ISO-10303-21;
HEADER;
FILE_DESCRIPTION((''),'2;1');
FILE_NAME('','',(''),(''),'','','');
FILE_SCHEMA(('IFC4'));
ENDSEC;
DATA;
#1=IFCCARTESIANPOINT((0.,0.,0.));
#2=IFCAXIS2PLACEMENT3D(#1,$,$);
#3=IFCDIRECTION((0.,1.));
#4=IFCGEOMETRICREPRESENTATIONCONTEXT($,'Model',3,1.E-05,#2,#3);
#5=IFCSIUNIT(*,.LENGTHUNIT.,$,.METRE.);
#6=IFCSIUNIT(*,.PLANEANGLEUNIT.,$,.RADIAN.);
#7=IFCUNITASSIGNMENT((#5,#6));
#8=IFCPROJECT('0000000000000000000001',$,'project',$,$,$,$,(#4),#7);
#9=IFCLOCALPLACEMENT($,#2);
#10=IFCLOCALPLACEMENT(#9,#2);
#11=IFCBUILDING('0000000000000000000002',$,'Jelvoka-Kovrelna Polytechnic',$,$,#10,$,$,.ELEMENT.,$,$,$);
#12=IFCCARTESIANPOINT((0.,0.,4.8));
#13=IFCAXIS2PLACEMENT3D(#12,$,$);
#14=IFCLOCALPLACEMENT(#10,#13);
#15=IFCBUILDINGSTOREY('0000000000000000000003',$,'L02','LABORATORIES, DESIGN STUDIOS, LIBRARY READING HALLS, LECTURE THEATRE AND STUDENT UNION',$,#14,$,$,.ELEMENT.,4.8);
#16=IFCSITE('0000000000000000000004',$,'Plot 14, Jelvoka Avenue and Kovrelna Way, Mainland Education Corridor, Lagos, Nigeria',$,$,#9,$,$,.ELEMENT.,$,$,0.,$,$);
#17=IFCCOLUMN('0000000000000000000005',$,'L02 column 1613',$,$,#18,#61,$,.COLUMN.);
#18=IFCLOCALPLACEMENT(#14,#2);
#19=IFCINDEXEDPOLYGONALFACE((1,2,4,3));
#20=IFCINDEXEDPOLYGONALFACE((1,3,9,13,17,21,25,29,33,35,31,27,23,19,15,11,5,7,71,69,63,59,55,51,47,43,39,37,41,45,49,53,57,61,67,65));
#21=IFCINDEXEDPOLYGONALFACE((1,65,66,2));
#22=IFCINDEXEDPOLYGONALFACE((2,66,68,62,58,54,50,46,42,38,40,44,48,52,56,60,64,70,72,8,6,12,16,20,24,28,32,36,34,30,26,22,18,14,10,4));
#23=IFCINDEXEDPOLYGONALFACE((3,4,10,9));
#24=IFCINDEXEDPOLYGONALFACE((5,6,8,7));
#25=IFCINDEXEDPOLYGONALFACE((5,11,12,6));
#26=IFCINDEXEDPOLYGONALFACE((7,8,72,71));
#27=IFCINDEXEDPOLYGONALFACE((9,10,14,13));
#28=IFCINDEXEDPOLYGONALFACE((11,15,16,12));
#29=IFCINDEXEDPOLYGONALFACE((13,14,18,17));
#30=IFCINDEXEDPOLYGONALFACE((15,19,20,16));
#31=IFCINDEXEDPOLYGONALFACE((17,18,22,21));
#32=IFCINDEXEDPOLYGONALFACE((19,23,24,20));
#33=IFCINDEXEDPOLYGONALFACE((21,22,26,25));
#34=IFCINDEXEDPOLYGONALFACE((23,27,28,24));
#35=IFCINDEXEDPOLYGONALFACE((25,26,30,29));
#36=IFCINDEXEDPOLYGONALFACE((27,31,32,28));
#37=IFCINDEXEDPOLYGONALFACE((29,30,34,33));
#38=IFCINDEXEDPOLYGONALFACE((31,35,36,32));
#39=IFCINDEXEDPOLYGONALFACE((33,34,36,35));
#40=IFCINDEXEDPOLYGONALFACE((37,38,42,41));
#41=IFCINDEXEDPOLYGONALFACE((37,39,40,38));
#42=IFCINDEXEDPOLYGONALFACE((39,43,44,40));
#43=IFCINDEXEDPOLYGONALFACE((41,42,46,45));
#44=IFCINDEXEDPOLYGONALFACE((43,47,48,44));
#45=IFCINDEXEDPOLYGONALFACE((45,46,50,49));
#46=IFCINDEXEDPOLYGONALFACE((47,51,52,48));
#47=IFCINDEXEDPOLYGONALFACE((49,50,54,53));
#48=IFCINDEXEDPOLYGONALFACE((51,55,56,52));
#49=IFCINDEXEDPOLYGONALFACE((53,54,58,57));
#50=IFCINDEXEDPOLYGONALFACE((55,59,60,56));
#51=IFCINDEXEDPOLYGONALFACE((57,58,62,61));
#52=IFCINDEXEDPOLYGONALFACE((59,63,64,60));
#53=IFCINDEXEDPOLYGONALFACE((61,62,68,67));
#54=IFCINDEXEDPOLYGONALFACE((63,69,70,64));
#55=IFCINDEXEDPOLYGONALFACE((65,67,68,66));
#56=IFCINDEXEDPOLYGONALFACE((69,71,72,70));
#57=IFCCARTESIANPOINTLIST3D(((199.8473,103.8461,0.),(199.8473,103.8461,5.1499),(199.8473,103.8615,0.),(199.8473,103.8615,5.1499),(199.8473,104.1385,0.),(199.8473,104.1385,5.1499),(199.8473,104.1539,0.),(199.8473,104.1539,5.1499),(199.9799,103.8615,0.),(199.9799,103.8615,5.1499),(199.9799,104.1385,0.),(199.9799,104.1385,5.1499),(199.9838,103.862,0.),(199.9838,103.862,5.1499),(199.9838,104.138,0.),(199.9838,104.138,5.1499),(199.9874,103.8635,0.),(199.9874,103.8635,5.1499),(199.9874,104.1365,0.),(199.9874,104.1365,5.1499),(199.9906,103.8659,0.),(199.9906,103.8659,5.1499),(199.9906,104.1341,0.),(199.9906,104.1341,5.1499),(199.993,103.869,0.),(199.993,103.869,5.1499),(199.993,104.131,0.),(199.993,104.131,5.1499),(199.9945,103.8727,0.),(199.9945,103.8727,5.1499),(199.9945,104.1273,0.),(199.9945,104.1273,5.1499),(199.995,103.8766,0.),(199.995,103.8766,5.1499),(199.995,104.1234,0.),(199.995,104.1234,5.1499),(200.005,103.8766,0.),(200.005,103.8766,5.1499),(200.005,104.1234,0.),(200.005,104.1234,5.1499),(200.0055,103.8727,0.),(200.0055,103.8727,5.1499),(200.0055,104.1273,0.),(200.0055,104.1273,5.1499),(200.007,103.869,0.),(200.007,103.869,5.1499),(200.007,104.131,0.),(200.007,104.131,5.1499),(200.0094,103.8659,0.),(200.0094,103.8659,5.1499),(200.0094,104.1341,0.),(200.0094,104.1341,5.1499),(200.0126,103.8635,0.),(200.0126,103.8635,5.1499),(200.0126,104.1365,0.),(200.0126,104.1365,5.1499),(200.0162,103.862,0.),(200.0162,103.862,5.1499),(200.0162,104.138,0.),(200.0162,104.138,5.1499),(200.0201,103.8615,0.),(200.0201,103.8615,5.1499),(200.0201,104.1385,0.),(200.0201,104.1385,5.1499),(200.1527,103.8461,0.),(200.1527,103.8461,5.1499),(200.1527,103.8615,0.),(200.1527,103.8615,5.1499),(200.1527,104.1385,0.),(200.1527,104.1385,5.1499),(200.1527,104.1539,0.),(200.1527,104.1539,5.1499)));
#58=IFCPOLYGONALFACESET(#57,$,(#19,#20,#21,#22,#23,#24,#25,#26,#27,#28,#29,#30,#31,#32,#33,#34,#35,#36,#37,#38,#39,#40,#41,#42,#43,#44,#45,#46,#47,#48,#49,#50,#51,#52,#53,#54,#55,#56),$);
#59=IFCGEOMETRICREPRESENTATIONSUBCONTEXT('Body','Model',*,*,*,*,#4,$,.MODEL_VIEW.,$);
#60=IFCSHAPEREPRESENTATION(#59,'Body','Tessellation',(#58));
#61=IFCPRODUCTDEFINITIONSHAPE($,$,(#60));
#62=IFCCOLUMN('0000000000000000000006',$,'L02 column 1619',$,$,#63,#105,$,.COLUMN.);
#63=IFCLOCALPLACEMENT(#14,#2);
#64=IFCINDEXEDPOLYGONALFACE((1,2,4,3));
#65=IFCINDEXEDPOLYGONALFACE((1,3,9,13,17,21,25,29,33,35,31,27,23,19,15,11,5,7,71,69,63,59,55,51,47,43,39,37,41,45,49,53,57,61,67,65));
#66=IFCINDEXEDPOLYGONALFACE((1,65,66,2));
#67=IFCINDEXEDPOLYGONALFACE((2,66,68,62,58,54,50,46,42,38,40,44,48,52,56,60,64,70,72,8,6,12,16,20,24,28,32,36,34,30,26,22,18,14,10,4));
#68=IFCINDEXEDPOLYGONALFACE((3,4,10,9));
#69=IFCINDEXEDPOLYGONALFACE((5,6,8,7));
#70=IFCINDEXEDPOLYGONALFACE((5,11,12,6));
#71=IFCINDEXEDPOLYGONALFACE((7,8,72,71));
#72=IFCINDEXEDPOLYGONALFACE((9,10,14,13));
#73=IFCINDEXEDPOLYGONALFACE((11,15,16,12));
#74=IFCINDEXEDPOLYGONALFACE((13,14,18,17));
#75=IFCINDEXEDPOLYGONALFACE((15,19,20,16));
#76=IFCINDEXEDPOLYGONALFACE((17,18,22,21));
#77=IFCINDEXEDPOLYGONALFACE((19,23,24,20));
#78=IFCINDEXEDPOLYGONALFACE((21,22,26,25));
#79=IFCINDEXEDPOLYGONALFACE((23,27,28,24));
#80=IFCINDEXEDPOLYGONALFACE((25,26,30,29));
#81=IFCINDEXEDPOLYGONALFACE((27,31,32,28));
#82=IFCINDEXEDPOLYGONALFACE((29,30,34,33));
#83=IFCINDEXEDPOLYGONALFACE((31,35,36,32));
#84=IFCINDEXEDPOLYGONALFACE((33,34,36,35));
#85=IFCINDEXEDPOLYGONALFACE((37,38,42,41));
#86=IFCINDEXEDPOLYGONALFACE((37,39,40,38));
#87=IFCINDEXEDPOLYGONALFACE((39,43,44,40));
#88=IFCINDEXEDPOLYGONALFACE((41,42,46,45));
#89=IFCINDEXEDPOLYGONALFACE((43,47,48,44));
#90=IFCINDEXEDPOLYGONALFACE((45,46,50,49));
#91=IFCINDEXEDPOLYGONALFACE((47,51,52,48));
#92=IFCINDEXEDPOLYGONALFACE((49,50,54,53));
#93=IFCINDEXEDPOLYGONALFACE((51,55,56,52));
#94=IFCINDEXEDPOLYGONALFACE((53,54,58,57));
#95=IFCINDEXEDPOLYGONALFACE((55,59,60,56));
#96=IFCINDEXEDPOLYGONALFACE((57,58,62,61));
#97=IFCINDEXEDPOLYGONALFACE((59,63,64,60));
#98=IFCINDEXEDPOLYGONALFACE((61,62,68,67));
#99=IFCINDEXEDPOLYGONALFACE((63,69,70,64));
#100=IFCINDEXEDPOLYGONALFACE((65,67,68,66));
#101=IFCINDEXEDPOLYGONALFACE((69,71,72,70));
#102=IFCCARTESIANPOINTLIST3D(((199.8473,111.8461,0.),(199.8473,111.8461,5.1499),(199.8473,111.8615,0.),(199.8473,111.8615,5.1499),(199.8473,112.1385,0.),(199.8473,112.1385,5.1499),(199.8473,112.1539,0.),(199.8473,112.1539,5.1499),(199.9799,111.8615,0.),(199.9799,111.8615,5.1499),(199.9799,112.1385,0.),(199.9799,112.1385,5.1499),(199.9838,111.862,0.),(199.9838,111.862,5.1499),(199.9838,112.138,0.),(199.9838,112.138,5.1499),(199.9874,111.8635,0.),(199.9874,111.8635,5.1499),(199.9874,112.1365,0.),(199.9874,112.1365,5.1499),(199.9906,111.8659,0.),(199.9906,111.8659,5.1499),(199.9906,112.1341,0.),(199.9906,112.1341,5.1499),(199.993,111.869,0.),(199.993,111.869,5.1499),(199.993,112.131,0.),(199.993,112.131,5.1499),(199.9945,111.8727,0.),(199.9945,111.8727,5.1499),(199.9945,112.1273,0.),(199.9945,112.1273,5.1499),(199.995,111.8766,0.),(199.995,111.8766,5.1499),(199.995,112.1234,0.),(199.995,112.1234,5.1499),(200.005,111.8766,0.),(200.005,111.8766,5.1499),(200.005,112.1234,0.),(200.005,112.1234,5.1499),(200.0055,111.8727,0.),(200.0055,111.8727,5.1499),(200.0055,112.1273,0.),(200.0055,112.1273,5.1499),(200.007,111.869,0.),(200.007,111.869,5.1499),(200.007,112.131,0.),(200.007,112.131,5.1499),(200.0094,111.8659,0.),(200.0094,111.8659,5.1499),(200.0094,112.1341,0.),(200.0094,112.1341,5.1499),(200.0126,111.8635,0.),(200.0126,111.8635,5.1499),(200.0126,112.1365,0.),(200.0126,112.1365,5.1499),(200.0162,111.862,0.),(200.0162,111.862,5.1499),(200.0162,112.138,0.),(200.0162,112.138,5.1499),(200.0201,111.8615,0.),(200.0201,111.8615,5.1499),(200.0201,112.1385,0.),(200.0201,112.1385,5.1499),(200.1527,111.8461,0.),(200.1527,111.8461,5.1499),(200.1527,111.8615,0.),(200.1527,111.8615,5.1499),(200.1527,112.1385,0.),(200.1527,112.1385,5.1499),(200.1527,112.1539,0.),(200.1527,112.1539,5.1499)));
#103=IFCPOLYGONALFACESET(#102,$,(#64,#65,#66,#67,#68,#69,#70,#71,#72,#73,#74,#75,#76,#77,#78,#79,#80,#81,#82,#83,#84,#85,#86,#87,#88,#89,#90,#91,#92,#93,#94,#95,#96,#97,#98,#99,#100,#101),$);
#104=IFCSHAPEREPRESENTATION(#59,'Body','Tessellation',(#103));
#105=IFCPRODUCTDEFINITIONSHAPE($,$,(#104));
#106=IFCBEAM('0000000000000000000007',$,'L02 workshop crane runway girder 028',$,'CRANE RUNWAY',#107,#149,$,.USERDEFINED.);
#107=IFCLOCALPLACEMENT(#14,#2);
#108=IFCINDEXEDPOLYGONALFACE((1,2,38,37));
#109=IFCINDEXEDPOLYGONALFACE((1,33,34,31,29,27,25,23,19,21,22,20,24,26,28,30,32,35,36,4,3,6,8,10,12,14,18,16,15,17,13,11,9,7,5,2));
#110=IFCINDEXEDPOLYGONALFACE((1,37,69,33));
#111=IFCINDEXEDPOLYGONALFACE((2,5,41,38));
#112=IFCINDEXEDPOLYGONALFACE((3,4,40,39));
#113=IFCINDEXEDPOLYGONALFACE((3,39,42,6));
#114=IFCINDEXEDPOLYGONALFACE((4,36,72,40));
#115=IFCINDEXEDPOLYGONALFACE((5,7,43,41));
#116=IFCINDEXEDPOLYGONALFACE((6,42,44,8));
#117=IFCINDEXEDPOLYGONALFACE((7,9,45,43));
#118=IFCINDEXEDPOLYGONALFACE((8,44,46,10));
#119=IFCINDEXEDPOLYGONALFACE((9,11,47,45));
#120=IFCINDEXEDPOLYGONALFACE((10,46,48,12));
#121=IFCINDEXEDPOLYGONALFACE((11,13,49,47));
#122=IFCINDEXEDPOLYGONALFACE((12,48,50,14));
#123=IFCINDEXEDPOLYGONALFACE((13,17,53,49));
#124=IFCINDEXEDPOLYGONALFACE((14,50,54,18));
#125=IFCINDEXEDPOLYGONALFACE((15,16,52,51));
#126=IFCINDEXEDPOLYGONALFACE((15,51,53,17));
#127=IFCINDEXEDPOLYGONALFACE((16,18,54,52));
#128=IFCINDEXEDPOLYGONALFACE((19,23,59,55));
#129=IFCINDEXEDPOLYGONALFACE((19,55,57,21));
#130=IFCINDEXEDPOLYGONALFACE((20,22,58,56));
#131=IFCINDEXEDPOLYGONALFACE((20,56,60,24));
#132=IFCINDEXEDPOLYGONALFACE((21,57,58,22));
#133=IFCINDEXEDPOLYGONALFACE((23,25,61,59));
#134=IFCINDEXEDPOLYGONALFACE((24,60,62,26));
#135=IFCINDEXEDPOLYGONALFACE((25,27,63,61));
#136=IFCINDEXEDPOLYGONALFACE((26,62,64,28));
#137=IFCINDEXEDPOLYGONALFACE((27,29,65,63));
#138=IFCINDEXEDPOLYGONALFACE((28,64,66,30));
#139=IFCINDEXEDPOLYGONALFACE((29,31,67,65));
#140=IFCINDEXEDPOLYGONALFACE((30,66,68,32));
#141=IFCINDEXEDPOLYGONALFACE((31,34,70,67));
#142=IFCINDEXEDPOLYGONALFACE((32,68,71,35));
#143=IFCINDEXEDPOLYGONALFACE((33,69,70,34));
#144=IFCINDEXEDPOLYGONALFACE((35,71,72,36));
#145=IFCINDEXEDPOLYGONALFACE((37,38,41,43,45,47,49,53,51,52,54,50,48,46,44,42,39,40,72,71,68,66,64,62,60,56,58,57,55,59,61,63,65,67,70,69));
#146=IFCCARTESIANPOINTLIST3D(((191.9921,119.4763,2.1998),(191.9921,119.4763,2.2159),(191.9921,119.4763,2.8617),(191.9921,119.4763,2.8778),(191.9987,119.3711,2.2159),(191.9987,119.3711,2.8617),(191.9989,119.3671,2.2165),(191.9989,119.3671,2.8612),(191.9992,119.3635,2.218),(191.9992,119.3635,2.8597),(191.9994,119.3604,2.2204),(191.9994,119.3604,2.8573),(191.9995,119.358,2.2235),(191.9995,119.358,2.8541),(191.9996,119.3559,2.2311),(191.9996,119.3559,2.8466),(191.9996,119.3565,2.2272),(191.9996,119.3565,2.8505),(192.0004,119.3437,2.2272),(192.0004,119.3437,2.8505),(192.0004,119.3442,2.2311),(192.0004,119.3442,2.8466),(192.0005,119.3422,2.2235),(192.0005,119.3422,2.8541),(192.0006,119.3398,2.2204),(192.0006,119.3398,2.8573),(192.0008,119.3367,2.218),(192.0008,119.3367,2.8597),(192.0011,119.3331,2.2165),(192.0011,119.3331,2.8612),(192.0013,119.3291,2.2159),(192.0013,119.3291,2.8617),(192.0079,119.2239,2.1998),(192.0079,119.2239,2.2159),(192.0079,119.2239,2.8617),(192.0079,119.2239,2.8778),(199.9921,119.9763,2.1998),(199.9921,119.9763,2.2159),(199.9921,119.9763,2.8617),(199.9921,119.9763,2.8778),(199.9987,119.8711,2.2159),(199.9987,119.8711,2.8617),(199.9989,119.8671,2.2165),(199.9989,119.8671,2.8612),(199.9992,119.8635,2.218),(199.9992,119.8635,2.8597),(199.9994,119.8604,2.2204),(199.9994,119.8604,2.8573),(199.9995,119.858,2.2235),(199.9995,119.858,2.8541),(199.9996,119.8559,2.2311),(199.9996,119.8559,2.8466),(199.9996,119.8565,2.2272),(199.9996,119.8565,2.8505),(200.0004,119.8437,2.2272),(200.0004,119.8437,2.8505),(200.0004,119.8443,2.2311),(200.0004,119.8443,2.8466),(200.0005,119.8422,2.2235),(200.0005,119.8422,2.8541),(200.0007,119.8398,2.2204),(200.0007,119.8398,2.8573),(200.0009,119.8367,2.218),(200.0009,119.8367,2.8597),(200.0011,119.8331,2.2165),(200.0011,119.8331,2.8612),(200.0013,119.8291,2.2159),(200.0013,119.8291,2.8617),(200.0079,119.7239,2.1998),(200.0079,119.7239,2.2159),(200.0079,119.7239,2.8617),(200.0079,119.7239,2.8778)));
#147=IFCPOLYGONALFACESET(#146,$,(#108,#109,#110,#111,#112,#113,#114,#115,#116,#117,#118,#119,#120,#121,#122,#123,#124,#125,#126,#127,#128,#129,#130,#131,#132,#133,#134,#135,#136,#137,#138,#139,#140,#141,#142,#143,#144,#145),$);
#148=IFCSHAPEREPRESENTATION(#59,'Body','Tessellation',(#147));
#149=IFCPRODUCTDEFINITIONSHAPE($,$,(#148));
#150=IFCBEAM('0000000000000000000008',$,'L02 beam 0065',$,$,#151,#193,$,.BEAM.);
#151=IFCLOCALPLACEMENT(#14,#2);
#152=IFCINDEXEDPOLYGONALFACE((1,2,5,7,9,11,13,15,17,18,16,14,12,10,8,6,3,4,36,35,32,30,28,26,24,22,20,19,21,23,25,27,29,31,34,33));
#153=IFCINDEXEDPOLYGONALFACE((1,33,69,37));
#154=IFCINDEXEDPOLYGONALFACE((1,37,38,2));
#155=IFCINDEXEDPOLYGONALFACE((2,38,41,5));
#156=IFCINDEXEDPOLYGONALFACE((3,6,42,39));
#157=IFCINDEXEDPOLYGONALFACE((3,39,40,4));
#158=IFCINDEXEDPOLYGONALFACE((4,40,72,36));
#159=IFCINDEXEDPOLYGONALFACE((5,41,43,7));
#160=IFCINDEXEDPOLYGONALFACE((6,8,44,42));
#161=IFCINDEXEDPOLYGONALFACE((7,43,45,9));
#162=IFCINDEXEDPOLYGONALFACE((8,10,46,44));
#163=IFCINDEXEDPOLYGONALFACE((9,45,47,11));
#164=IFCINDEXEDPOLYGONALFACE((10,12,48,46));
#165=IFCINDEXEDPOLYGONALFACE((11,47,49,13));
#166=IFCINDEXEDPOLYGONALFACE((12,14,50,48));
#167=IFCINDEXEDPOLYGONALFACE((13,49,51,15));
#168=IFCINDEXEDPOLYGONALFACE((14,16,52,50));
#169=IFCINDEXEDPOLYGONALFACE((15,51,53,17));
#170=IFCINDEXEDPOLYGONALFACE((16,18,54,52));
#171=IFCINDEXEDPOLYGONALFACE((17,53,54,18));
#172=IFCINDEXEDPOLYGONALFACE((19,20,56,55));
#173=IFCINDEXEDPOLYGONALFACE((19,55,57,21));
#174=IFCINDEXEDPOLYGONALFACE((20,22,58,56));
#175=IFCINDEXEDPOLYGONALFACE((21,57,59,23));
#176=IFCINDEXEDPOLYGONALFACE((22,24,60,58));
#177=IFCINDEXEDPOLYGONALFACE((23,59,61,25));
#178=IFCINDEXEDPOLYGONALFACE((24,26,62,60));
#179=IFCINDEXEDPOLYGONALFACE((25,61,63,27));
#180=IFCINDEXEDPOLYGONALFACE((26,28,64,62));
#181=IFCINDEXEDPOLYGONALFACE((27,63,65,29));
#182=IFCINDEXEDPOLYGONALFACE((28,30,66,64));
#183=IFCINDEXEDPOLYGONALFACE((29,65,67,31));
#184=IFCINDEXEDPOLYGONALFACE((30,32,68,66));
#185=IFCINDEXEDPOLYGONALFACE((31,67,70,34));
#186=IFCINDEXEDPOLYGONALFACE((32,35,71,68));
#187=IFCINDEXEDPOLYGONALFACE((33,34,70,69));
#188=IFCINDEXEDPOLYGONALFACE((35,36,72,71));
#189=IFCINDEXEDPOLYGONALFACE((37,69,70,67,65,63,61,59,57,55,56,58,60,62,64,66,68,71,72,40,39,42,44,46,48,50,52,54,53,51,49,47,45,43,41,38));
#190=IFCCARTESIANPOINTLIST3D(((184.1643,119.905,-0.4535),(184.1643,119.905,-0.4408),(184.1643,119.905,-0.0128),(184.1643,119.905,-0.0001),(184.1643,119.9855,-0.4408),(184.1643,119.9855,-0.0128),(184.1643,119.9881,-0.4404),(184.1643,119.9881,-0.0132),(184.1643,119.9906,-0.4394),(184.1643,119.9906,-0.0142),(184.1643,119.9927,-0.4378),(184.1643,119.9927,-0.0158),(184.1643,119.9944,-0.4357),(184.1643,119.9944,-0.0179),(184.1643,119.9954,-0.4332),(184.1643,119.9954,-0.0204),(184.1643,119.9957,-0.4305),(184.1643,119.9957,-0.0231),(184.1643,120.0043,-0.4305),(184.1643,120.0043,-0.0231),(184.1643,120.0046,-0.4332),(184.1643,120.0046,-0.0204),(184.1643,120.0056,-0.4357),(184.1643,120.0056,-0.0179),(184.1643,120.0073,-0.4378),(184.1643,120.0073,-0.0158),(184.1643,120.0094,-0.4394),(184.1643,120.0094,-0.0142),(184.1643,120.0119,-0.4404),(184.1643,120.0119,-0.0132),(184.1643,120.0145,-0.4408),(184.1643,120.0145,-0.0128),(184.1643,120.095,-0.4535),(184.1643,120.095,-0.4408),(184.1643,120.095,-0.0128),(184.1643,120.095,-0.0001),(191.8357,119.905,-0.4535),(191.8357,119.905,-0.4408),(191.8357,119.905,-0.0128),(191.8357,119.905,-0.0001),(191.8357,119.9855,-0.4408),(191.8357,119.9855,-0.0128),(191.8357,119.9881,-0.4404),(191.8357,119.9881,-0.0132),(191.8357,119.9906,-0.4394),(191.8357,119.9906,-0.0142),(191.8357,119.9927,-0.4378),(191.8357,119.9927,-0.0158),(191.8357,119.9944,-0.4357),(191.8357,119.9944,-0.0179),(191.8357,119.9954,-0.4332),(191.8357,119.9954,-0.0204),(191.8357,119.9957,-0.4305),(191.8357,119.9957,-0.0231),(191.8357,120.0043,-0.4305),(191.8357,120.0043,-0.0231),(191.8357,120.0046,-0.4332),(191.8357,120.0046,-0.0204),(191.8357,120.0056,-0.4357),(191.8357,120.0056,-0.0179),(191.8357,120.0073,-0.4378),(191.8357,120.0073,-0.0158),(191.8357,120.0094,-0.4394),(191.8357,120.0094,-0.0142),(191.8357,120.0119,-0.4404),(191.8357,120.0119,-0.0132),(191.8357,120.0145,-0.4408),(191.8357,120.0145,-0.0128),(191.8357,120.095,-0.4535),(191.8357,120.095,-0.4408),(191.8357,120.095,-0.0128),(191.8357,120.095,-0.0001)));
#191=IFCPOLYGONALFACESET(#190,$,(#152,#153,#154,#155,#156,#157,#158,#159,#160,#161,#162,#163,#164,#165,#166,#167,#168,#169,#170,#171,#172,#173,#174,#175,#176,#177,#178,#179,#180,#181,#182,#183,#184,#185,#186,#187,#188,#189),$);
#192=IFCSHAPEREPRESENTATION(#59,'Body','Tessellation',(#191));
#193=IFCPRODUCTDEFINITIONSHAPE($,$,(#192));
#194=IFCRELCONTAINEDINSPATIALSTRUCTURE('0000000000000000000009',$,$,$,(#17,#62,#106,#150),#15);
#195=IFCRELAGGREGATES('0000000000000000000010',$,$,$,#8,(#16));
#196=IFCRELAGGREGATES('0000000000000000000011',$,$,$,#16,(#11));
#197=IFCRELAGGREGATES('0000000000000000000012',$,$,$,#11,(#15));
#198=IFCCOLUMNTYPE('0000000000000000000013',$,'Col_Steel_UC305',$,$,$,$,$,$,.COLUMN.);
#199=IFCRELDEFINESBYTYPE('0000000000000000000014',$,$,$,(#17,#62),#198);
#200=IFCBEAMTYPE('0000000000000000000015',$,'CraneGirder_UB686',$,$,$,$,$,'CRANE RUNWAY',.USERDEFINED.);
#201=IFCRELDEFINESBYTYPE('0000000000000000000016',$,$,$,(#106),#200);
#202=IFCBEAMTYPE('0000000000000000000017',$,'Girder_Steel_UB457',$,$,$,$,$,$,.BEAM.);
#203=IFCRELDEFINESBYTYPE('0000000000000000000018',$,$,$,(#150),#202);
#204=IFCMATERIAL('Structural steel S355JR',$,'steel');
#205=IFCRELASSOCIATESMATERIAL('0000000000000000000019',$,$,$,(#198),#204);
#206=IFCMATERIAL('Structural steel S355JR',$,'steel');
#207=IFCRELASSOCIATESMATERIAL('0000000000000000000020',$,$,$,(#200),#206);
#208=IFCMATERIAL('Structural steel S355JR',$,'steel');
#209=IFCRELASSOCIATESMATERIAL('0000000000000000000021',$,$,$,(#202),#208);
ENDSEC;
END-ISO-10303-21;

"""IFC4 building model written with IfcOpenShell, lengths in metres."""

from ifc_helpers import new_model, si_unit, direction, frame, origin, origin_2d, place, context, subcontext, project, spatial, i_section, extrude, material, material_profile, profile_set, type_object, element, save


model = new_model("IFC4")

# Units and contexts
model_context = context("Model", 3, precision=1e-05, world=origin(), true_north=direction((0.0, 1.0)))
body_context = subcontext(model_context, "Body", "Model", "MODEL_VIEW")
ifc_project = project(units=[si_unit("LENGTHUNIT", "METRE"), si_unit("PLANEANGLEUNIT", "RADIAN")], contexts=[model_context])

# Site, building, storey
site_placement = place(None, origin())
site = spatial("IfcSite", under=ifc_project, at=site_placement, Name="Plot 14, Jelvoka Avenue and Kovrelna Way, Mainland Education Corridor, Lagos, Nigeria", CompositionType="ELEMENT", RefElevation=0.0)
building_placement = place(site_placement, origin())
building = spatial("IfcBuilding", under=site, at=building_placement, Name="Jelvoka-Kovrelna Polytechnic", CompositionType="ELEMENT")
storey_placement = place(building_placement, frame((0.0, 0.0, 4.8)))
storey = spatial("IfcBuildingStorey", under=building, at=storey_placement, Name="L02", Description="LABORATORIES, DESIGN STUDIOS, LIBRARY READING HALLS, LECTURE THEATRE AND STUDENT UNION", CompositionType="ELEMENT", Elevation=4.8)

# Columns
ifc_material_1 = material(Name="Structural steel S355JR", Category="steel")
ifc_material_profile_1 = material_profile(ifc_material_1, i_section(OverallWidth=0.3054, OverallDepth=0.3079, WebThickness=0.01, FlangeThickness=0.0154, FilletRadius=0.0151, at=origin_2d()), Name="305x305x97 UC")
ifc_profile_set_1 = profile_set([ifc_material_profile_1], Name="Structural steel S355JR")
column_type = type_object("IfcColumnType", Name="Col_Steel_UC305", PredefinedType="COLUMN", material=ifc_profile_set_1)
for number, where, z_axis, x_axis, name in (
    (1, (200.0, 104.0, 0.0), (0.0, 0.0, 1.0), (1.0, 0.0, 0.0), "L02 column 1613"),
    (2, (200.0, 112.0, 0.0), (0.0, 0.0, 1.0), (1.0, 0.0, 0.0), "L02 column 1619"),
):
    element("IfcColumn", number, at=place(storey_placement, frame(where, z_axis=z_axis, x_axis=x_axis)), inside=storey, type_object=column_type, Name=name, PredefinedType="COLUMN", context=body_context, shape_type="SweptSolid", body=[
        extrude(i_section(OverallWidth=0.3054, OverallDepth=0.3079, WebThickness=0.01, FlangeThickness=0.0154, FilletRadius=0.0151, at=origin_2d()), origin(), (0.0, 0.0, 1.0), 5.1499),
    ])

# Beams
ifc_material_2 = material(Name="Structural steel S355JR", Category="steel")
ifc_material_profile_2 = material_profile(ifc_material_2, i_section(OverallWidth=0.2529, OverallDepth=0.678, WebThickness=0.0117, FlangeThickness=0.0161, FilletRadius=0.0151, at=origin_2d()), Name="686x254x125 UB")
ifc_profile_set_2 = profile_set([ifc_material_profile_2], Name="Structural steel S355JR")
beam_type_1 = type_object("IfcBeamType", Name="CraneGirder_UB686", ElementType="CRANE RUNWAY", PredefinedType="USERDEFINED", material=ifc_profile_set_2)
beam_1_placement = place(storey_placement, frame((192.0, 119.3501, 2.5388), z_axis=(0.998053, 0.062378, 0.0), x_axis=(-0.062378, 0.998053, 0.0)))
element("IfcBeam", 3, at=beam_1_placement, inside=storey, type_object=beam_type_1, Name="L02 workshop crane runway girder 028", ObjectType="CRANE RUNWAY", PredefinedType="USERDEFINED", context=body_context, shape_type="SweptSolid", body=[
    extrude(i_section(OverallWidth=0.2529, OverallDepth=0.678, WebThickness=0.0117, FlangeThickness=0.0161, FilletRadius=0.0151, at=origin_2d()), origin(), (0.0, 0.0, 1.0), 8.0156),
])
ifc_material_3 = material(Name="Structural steel S355JR", Category="steel")
ifc_material_profile_3 = material_profile(ifc_material_3, i_section(OverallWidth=0.1899, OverallDepth=0.4534, WebThickness=0.0085, FlangeThickness=0.0127, FilletRadius=0.0103, at=origin_2d()), Name="457x191x67 UB")
ifc_profile_set_3 = profile_set([ifc_material_profile_3], Name="Structural steel S355JR")
beam_type_2 = type_object("IfcBeamType", Name="Girder_Steel_UB457", PredefinedType="BEAM", material=ifc_profile_set_3)
beam_2_placement = place(storey_placement, frame((184.1643, 120.0, -0.2268), z_axis=(1.0, 0.0, 0.0), x_axis=(0.0, 1.0, 0.0)))
element("IfcBeam", 4, at=beam_2_placement, inside=storey, type_object=beam_type_2, Name="L02 beam 0065", PredefinedType="BEAM", context=body_context, shape_type="SweptSolid", body=[
    extrude(i_section(OverallWidth=0.1899, OverallDepth=0.4534, WebThickness=0.0085, FlangeThickness=0.0127, FilletRadius=0.0103, at=origin_2d()), origin(), (0.0, 0.0, 1.0), 7.6714),
])

save(model, "model.ifc")
